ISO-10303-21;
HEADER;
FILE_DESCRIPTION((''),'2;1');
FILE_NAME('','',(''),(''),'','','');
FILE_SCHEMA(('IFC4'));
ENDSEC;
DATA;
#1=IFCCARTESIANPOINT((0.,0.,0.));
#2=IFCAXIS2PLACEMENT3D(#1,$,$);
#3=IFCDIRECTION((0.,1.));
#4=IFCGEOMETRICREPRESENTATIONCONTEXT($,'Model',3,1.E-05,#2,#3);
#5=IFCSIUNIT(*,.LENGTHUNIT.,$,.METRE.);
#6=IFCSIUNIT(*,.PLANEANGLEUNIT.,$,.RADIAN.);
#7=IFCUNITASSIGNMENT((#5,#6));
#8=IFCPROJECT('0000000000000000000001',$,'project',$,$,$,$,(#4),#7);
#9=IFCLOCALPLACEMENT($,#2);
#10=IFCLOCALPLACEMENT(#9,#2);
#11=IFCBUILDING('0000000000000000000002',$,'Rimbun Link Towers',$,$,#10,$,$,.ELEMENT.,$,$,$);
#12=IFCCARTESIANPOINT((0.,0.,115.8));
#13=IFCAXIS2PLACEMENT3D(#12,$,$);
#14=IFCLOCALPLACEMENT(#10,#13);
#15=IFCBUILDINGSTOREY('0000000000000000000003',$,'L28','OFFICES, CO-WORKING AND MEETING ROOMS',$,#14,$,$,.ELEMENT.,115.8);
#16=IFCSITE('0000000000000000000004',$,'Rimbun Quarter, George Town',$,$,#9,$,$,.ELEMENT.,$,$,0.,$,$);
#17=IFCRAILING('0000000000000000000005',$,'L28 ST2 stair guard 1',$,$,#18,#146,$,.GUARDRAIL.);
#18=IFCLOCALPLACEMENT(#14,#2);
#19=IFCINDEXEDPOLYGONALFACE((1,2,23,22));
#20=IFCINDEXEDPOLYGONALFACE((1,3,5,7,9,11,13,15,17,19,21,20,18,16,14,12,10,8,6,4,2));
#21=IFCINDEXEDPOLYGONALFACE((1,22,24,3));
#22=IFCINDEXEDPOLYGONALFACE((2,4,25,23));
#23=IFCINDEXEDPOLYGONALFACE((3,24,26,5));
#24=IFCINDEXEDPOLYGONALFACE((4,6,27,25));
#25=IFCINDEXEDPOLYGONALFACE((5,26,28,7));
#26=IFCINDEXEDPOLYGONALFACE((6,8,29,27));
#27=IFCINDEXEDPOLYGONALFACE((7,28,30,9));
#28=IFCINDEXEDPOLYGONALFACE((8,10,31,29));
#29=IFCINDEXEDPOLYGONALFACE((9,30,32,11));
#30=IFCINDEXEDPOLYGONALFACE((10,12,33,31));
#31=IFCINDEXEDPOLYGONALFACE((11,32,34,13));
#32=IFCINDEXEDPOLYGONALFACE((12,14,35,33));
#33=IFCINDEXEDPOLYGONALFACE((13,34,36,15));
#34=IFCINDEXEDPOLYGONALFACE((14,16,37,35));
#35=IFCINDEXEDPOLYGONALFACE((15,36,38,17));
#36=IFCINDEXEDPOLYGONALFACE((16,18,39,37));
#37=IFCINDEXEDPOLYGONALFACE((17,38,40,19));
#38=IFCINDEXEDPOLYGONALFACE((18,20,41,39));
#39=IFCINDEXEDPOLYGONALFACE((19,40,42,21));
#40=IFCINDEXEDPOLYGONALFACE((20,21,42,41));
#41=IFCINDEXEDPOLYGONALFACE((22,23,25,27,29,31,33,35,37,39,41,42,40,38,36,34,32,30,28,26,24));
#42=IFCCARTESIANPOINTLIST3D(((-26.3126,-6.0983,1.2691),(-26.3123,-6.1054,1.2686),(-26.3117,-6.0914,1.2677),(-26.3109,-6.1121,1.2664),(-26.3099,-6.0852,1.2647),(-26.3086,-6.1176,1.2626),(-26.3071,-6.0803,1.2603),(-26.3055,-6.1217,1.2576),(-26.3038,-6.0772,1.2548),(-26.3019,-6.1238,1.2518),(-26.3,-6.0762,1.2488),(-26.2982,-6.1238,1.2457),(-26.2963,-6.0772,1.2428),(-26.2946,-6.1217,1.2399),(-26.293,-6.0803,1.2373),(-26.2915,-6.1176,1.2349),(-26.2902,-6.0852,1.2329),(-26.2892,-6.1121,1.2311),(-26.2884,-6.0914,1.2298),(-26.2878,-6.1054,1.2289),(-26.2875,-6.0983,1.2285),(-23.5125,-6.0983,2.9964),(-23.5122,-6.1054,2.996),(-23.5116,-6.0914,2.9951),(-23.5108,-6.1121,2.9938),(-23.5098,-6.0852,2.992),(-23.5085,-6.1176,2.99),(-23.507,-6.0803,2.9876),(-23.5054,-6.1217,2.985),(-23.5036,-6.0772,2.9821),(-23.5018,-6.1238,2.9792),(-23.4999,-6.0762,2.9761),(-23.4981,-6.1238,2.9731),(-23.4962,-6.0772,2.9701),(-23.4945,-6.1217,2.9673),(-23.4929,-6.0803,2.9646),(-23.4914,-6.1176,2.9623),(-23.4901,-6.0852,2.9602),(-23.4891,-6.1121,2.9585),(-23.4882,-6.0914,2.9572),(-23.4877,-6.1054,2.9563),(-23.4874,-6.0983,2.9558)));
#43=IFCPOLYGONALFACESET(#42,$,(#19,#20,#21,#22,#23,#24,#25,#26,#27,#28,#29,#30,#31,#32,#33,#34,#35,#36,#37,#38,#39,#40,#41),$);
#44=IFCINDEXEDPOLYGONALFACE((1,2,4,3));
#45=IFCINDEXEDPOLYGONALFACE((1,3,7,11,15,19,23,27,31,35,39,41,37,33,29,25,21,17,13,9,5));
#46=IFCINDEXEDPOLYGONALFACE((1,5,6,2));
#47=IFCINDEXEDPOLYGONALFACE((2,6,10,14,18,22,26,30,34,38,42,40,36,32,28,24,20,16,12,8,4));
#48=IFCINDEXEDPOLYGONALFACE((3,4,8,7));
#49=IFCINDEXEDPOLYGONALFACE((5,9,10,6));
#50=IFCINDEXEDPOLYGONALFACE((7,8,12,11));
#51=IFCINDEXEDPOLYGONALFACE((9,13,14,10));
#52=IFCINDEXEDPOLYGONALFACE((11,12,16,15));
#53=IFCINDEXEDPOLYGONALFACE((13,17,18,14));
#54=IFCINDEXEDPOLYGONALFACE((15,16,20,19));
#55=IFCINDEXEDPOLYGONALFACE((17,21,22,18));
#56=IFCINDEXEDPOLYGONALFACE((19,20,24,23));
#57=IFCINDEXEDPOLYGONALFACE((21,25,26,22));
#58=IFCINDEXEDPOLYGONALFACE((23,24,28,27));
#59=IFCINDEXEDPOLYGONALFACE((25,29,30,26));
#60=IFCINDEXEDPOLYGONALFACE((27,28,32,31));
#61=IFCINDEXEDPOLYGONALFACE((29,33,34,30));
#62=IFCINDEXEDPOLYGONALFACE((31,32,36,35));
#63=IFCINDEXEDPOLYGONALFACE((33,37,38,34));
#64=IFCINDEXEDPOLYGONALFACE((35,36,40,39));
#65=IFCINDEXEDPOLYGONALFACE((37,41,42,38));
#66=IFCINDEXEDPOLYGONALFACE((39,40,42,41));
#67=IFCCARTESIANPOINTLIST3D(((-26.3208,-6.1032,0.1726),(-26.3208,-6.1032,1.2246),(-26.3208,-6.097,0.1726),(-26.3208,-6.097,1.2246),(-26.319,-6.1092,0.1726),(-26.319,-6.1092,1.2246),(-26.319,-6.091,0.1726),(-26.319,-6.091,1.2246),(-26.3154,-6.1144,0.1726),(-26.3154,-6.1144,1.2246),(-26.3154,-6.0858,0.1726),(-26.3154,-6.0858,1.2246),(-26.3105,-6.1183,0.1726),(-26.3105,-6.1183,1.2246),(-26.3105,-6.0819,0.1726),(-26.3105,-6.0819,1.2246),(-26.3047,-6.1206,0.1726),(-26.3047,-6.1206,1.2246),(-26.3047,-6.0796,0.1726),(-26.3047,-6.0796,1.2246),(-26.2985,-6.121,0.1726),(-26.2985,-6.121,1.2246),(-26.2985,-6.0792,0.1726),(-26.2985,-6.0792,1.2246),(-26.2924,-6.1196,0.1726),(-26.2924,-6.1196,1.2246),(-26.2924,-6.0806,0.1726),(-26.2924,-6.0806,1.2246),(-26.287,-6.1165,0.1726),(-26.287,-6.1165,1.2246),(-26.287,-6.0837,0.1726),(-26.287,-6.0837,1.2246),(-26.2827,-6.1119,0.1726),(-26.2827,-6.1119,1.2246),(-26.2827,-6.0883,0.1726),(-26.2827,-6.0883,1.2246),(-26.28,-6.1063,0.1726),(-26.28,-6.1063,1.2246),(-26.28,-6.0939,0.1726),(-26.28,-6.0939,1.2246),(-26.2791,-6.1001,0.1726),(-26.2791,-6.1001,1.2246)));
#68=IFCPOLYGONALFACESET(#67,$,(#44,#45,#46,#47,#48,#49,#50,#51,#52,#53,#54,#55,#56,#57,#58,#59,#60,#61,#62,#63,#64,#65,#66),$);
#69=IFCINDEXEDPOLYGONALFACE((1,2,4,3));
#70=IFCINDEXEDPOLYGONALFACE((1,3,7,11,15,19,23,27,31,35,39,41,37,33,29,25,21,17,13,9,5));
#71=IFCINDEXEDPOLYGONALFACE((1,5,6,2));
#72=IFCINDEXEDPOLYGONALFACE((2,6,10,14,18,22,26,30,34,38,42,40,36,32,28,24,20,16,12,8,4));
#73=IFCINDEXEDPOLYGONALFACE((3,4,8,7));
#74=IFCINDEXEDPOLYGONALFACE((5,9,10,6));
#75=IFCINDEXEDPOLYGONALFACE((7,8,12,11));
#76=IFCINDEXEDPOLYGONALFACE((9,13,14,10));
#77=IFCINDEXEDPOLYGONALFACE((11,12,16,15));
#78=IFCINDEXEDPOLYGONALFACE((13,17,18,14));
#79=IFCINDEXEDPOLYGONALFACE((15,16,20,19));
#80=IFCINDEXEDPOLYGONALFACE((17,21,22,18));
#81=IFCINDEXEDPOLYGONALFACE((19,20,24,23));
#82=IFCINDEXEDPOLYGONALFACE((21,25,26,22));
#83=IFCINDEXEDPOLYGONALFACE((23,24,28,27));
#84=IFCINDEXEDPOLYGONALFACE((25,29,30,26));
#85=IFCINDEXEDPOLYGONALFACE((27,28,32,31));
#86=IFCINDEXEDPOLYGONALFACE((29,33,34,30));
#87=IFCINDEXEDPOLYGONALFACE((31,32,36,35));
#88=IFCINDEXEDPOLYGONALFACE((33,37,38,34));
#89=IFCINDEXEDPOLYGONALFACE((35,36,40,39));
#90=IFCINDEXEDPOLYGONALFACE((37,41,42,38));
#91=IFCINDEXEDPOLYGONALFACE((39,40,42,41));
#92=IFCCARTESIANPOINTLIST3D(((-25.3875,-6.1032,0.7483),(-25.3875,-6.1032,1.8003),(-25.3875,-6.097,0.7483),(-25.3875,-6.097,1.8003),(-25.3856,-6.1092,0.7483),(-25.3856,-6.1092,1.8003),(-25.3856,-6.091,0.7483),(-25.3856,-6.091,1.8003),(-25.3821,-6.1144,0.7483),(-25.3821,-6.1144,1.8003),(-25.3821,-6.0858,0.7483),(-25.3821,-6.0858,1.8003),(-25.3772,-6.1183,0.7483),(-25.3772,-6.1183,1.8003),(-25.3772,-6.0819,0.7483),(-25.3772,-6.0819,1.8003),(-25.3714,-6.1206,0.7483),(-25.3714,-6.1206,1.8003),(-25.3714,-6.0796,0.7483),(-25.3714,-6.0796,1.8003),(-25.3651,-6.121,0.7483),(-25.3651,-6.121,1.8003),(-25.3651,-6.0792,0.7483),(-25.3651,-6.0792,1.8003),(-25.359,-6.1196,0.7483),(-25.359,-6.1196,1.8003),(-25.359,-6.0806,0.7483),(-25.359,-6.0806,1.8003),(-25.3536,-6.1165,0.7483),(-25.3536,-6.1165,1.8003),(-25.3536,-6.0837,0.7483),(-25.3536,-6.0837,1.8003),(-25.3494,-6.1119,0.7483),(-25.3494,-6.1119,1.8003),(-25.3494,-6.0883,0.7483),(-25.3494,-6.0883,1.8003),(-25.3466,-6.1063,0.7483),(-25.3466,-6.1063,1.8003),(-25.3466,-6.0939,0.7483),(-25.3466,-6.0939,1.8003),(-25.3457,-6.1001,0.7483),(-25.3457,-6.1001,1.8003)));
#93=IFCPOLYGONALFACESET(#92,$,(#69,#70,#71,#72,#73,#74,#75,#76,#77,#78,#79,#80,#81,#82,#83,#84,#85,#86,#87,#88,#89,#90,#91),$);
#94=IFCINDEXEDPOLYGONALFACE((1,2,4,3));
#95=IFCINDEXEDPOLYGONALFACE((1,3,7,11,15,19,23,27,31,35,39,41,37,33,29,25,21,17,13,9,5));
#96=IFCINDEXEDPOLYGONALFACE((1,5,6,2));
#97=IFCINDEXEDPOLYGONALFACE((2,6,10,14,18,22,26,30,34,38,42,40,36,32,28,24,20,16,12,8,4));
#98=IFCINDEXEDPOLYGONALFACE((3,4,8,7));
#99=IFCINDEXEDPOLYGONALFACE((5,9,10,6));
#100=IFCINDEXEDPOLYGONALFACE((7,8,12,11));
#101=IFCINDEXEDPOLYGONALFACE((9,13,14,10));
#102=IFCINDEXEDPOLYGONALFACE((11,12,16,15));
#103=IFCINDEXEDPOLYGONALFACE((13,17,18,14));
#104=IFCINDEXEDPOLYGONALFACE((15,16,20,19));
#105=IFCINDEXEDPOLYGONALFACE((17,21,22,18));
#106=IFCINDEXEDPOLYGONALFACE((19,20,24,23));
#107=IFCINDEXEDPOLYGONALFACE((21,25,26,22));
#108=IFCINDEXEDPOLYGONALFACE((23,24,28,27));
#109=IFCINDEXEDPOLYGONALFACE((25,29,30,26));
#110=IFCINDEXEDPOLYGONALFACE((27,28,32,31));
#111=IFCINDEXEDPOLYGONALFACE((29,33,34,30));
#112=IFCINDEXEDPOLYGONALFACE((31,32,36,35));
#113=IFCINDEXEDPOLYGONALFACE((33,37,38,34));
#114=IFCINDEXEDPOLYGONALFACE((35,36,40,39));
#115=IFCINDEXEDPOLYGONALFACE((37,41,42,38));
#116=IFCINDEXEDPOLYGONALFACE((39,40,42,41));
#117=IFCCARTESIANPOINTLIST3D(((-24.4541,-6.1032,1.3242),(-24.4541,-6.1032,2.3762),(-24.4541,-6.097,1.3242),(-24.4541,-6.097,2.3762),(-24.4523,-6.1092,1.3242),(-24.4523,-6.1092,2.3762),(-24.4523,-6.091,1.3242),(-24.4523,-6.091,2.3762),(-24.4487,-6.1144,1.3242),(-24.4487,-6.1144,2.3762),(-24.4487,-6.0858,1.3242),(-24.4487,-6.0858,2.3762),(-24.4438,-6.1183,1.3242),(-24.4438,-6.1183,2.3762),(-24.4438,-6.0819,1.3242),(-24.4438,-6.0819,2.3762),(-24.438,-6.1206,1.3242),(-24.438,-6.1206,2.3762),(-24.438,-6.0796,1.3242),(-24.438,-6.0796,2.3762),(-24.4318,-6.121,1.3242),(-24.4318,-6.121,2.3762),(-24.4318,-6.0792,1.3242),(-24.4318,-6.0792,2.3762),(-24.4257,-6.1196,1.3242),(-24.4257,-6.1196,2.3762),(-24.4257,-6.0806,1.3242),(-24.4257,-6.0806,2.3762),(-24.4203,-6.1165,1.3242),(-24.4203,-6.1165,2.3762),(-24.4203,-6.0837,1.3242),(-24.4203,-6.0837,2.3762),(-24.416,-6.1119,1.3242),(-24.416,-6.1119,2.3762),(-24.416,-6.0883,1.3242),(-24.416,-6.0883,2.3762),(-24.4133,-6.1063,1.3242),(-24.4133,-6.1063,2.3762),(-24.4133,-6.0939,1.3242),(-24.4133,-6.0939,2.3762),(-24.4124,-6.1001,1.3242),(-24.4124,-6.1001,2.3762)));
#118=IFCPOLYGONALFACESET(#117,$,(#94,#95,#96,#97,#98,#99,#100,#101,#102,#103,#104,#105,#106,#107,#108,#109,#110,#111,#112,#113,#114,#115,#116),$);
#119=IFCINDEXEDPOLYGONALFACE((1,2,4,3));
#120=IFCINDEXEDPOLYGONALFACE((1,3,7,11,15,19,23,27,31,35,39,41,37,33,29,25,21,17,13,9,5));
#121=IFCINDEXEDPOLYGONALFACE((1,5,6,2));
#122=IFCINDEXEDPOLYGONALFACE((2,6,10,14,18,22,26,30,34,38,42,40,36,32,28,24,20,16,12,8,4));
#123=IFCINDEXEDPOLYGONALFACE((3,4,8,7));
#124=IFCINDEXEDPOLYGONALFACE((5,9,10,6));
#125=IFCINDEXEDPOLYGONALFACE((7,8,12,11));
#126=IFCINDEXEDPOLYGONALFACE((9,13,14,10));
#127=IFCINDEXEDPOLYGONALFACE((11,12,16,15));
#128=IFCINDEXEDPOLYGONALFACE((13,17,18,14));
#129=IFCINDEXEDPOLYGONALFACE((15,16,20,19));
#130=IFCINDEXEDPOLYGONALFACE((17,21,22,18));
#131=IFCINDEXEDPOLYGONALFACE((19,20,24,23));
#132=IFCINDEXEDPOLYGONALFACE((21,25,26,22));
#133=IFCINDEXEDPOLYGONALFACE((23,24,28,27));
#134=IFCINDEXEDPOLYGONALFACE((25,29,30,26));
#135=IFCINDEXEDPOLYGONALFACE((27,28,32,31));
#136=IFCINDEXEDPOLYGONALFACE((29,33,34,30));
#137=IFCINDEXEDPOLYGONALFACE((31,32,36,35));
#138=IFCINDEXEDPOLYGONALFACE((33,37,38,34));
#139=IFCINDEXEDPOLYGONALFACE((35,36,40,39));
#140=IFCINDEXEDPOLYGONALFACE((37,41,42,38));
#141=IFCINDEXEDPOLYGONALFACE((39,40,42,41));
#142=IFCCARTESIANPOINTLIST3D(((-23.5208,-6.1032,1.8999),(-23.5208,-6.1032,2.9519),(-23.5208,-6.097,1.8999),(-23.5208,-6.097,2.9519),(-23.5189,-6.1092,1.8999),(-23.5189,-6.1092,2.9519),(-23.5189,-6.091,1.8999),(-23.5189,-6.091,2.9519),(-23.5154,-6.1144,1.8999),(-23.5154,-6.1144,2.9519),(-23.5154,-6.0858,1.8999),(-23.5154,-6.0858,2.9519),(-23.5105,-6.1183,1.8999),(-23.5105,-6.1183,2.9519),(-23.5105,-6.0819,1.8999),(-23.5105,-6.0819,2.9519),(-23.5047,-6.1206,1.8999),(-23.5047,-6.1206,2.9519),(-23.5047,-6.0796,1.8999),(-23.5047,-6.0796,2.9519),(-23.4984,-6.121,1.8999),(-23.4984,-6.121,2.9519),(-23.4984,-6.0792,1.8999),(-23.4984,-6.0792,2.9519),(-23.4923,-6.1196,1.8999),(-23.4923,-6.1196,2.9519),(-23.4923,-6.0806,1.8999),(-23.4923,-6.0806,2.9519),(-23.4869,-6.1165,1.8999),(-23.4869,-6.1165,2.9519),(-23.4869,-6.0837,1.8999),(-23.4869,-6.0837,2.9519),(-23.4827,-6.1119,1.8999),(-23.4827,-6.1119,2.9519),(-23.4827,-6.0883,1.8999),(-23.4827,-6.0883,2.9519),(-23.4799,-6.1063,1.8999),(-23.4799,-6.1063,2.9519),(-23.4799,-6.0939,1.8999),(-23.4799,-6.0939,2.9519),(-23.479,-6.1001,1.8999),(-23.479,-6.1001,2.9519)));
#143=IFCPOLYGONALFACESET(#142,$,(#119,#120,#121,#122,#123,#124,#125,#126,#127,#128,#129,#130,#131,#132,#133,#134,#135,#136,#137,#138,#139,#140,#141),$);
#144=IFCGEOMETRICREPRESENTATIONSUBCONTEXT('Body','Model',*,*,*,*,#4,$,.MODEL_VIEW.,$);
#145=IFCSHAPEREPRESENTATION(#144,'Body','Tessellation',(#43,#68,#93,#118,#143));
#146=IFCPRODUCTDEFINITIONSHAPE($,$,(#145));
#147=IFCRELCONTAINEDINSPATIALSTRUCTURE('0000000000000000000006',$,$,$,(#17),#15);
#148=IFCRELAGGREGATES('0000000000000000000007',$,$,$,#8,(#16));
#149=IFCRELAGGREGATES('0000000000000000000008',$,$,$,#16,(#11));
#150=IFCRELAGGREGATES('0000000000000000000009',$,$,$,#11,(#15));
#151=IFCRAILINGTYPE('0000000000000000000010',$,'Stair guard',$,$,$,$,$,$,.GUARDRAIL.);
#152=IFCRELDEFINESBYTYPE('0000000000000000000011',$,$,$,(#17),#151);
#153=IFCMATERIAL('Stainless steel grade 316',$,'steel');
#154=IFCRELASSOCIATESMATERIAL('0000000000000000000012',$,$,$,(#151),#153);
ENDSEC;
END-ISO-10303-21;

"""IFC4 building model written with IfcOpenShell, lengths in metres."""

from ifc_helpers import new_model, si_unit, direction, frame, origin, origin_2d, place, context, subcontext, project, spatial, circle, extrude, material, type_object, element, save


model = new_model("IFC4")

# Units and contexts
model_context = context("Model", 3, precision=1e-05, world=origin(), true_north=direction((0.0, 1.0)))
body_context = subcontext(model_context, "Body", "Model", "MODEL_VIEW")
ifc_project = project(units=[si_unit("LENGTHUNIT", "METRE"), si_unit("PLANEANGLEUNIT", "RADIAN")], contexts=[model_context])

# Site, building, storey
site_placement = place(None, origin())
site = spatial("IfcSite", under=ifc_project, at=site_placement, Name="Rimbun Quarter, George Town", CompositionType="ELEMENT", RefElevation=0.0)
building_placement = place(site_placement, origin())
building = spatial("IfcBuilding", under=site, at=building_placement, Name="Rimbun Link Towers", CompositionType="ELEMENT")
storey_placement = place(building_placement, frame((0.0, 0.0, 115.8)))
storey = spatial("IfcBuildingStorey", under=building, at=storey_placement, Name="L28", Description="OFFICES, CO-WORKING AND MEETING ROOMS", CompositionType="ELEMENT", Elevation=115.8)

# Railing
ifc_material_1 = material(Name="Stainless steel grade 316", Category="steel")
railing_type_1 = type_object("IfcRailingType", Name="Stair guard", PredefinedType="GUARDRAIL", material=ifc_material_1)
railing_1_placement = place(storey_placement, frame((-26.3, -6.1001, 0.1726)))
element("IfcRailing", 1, at=railing_1_placement, inside=storey, type_object=railing_type_1, Name="L28 ST2 stair guard 1", PredefinedType="GUARDRAIL", context=body_context, shape_type="SweptSolid", body=[
    extrude(circle(Radius=0.0239, at=origin_2d()), frame((0.0, 0.0, 1.0762), z_axis=(0.85109, 0.0, 0.52502), x_axis=(0.0, 1.0, 0.0)), (0.0, 0.0, 1.0), 3.29),
    extrude(circle(Radius=0.021, at=origin_2d()), origin(), (0.0, 0.0, 1.0), 1.052),
    extrude(circle(Radius=0.021, at=origin_2d()), frame((0.9333, 0.0, 0.5757)), (0.0, 0.0, 1.0), 1.052),
    extrude(circle(Radius=0.021, at=origin_2d()), frame((1.8667, 0.0, 1.1516)), (0.0, 0.0, 1.0), 1.052),
    extrude(circle(Radius=0.021, at=origin_2d()), frame((2.8, 0.0, 1.7273)), (0.0, 0.0, 1.0), 1.052),
])

save(model, "model.ifc")
